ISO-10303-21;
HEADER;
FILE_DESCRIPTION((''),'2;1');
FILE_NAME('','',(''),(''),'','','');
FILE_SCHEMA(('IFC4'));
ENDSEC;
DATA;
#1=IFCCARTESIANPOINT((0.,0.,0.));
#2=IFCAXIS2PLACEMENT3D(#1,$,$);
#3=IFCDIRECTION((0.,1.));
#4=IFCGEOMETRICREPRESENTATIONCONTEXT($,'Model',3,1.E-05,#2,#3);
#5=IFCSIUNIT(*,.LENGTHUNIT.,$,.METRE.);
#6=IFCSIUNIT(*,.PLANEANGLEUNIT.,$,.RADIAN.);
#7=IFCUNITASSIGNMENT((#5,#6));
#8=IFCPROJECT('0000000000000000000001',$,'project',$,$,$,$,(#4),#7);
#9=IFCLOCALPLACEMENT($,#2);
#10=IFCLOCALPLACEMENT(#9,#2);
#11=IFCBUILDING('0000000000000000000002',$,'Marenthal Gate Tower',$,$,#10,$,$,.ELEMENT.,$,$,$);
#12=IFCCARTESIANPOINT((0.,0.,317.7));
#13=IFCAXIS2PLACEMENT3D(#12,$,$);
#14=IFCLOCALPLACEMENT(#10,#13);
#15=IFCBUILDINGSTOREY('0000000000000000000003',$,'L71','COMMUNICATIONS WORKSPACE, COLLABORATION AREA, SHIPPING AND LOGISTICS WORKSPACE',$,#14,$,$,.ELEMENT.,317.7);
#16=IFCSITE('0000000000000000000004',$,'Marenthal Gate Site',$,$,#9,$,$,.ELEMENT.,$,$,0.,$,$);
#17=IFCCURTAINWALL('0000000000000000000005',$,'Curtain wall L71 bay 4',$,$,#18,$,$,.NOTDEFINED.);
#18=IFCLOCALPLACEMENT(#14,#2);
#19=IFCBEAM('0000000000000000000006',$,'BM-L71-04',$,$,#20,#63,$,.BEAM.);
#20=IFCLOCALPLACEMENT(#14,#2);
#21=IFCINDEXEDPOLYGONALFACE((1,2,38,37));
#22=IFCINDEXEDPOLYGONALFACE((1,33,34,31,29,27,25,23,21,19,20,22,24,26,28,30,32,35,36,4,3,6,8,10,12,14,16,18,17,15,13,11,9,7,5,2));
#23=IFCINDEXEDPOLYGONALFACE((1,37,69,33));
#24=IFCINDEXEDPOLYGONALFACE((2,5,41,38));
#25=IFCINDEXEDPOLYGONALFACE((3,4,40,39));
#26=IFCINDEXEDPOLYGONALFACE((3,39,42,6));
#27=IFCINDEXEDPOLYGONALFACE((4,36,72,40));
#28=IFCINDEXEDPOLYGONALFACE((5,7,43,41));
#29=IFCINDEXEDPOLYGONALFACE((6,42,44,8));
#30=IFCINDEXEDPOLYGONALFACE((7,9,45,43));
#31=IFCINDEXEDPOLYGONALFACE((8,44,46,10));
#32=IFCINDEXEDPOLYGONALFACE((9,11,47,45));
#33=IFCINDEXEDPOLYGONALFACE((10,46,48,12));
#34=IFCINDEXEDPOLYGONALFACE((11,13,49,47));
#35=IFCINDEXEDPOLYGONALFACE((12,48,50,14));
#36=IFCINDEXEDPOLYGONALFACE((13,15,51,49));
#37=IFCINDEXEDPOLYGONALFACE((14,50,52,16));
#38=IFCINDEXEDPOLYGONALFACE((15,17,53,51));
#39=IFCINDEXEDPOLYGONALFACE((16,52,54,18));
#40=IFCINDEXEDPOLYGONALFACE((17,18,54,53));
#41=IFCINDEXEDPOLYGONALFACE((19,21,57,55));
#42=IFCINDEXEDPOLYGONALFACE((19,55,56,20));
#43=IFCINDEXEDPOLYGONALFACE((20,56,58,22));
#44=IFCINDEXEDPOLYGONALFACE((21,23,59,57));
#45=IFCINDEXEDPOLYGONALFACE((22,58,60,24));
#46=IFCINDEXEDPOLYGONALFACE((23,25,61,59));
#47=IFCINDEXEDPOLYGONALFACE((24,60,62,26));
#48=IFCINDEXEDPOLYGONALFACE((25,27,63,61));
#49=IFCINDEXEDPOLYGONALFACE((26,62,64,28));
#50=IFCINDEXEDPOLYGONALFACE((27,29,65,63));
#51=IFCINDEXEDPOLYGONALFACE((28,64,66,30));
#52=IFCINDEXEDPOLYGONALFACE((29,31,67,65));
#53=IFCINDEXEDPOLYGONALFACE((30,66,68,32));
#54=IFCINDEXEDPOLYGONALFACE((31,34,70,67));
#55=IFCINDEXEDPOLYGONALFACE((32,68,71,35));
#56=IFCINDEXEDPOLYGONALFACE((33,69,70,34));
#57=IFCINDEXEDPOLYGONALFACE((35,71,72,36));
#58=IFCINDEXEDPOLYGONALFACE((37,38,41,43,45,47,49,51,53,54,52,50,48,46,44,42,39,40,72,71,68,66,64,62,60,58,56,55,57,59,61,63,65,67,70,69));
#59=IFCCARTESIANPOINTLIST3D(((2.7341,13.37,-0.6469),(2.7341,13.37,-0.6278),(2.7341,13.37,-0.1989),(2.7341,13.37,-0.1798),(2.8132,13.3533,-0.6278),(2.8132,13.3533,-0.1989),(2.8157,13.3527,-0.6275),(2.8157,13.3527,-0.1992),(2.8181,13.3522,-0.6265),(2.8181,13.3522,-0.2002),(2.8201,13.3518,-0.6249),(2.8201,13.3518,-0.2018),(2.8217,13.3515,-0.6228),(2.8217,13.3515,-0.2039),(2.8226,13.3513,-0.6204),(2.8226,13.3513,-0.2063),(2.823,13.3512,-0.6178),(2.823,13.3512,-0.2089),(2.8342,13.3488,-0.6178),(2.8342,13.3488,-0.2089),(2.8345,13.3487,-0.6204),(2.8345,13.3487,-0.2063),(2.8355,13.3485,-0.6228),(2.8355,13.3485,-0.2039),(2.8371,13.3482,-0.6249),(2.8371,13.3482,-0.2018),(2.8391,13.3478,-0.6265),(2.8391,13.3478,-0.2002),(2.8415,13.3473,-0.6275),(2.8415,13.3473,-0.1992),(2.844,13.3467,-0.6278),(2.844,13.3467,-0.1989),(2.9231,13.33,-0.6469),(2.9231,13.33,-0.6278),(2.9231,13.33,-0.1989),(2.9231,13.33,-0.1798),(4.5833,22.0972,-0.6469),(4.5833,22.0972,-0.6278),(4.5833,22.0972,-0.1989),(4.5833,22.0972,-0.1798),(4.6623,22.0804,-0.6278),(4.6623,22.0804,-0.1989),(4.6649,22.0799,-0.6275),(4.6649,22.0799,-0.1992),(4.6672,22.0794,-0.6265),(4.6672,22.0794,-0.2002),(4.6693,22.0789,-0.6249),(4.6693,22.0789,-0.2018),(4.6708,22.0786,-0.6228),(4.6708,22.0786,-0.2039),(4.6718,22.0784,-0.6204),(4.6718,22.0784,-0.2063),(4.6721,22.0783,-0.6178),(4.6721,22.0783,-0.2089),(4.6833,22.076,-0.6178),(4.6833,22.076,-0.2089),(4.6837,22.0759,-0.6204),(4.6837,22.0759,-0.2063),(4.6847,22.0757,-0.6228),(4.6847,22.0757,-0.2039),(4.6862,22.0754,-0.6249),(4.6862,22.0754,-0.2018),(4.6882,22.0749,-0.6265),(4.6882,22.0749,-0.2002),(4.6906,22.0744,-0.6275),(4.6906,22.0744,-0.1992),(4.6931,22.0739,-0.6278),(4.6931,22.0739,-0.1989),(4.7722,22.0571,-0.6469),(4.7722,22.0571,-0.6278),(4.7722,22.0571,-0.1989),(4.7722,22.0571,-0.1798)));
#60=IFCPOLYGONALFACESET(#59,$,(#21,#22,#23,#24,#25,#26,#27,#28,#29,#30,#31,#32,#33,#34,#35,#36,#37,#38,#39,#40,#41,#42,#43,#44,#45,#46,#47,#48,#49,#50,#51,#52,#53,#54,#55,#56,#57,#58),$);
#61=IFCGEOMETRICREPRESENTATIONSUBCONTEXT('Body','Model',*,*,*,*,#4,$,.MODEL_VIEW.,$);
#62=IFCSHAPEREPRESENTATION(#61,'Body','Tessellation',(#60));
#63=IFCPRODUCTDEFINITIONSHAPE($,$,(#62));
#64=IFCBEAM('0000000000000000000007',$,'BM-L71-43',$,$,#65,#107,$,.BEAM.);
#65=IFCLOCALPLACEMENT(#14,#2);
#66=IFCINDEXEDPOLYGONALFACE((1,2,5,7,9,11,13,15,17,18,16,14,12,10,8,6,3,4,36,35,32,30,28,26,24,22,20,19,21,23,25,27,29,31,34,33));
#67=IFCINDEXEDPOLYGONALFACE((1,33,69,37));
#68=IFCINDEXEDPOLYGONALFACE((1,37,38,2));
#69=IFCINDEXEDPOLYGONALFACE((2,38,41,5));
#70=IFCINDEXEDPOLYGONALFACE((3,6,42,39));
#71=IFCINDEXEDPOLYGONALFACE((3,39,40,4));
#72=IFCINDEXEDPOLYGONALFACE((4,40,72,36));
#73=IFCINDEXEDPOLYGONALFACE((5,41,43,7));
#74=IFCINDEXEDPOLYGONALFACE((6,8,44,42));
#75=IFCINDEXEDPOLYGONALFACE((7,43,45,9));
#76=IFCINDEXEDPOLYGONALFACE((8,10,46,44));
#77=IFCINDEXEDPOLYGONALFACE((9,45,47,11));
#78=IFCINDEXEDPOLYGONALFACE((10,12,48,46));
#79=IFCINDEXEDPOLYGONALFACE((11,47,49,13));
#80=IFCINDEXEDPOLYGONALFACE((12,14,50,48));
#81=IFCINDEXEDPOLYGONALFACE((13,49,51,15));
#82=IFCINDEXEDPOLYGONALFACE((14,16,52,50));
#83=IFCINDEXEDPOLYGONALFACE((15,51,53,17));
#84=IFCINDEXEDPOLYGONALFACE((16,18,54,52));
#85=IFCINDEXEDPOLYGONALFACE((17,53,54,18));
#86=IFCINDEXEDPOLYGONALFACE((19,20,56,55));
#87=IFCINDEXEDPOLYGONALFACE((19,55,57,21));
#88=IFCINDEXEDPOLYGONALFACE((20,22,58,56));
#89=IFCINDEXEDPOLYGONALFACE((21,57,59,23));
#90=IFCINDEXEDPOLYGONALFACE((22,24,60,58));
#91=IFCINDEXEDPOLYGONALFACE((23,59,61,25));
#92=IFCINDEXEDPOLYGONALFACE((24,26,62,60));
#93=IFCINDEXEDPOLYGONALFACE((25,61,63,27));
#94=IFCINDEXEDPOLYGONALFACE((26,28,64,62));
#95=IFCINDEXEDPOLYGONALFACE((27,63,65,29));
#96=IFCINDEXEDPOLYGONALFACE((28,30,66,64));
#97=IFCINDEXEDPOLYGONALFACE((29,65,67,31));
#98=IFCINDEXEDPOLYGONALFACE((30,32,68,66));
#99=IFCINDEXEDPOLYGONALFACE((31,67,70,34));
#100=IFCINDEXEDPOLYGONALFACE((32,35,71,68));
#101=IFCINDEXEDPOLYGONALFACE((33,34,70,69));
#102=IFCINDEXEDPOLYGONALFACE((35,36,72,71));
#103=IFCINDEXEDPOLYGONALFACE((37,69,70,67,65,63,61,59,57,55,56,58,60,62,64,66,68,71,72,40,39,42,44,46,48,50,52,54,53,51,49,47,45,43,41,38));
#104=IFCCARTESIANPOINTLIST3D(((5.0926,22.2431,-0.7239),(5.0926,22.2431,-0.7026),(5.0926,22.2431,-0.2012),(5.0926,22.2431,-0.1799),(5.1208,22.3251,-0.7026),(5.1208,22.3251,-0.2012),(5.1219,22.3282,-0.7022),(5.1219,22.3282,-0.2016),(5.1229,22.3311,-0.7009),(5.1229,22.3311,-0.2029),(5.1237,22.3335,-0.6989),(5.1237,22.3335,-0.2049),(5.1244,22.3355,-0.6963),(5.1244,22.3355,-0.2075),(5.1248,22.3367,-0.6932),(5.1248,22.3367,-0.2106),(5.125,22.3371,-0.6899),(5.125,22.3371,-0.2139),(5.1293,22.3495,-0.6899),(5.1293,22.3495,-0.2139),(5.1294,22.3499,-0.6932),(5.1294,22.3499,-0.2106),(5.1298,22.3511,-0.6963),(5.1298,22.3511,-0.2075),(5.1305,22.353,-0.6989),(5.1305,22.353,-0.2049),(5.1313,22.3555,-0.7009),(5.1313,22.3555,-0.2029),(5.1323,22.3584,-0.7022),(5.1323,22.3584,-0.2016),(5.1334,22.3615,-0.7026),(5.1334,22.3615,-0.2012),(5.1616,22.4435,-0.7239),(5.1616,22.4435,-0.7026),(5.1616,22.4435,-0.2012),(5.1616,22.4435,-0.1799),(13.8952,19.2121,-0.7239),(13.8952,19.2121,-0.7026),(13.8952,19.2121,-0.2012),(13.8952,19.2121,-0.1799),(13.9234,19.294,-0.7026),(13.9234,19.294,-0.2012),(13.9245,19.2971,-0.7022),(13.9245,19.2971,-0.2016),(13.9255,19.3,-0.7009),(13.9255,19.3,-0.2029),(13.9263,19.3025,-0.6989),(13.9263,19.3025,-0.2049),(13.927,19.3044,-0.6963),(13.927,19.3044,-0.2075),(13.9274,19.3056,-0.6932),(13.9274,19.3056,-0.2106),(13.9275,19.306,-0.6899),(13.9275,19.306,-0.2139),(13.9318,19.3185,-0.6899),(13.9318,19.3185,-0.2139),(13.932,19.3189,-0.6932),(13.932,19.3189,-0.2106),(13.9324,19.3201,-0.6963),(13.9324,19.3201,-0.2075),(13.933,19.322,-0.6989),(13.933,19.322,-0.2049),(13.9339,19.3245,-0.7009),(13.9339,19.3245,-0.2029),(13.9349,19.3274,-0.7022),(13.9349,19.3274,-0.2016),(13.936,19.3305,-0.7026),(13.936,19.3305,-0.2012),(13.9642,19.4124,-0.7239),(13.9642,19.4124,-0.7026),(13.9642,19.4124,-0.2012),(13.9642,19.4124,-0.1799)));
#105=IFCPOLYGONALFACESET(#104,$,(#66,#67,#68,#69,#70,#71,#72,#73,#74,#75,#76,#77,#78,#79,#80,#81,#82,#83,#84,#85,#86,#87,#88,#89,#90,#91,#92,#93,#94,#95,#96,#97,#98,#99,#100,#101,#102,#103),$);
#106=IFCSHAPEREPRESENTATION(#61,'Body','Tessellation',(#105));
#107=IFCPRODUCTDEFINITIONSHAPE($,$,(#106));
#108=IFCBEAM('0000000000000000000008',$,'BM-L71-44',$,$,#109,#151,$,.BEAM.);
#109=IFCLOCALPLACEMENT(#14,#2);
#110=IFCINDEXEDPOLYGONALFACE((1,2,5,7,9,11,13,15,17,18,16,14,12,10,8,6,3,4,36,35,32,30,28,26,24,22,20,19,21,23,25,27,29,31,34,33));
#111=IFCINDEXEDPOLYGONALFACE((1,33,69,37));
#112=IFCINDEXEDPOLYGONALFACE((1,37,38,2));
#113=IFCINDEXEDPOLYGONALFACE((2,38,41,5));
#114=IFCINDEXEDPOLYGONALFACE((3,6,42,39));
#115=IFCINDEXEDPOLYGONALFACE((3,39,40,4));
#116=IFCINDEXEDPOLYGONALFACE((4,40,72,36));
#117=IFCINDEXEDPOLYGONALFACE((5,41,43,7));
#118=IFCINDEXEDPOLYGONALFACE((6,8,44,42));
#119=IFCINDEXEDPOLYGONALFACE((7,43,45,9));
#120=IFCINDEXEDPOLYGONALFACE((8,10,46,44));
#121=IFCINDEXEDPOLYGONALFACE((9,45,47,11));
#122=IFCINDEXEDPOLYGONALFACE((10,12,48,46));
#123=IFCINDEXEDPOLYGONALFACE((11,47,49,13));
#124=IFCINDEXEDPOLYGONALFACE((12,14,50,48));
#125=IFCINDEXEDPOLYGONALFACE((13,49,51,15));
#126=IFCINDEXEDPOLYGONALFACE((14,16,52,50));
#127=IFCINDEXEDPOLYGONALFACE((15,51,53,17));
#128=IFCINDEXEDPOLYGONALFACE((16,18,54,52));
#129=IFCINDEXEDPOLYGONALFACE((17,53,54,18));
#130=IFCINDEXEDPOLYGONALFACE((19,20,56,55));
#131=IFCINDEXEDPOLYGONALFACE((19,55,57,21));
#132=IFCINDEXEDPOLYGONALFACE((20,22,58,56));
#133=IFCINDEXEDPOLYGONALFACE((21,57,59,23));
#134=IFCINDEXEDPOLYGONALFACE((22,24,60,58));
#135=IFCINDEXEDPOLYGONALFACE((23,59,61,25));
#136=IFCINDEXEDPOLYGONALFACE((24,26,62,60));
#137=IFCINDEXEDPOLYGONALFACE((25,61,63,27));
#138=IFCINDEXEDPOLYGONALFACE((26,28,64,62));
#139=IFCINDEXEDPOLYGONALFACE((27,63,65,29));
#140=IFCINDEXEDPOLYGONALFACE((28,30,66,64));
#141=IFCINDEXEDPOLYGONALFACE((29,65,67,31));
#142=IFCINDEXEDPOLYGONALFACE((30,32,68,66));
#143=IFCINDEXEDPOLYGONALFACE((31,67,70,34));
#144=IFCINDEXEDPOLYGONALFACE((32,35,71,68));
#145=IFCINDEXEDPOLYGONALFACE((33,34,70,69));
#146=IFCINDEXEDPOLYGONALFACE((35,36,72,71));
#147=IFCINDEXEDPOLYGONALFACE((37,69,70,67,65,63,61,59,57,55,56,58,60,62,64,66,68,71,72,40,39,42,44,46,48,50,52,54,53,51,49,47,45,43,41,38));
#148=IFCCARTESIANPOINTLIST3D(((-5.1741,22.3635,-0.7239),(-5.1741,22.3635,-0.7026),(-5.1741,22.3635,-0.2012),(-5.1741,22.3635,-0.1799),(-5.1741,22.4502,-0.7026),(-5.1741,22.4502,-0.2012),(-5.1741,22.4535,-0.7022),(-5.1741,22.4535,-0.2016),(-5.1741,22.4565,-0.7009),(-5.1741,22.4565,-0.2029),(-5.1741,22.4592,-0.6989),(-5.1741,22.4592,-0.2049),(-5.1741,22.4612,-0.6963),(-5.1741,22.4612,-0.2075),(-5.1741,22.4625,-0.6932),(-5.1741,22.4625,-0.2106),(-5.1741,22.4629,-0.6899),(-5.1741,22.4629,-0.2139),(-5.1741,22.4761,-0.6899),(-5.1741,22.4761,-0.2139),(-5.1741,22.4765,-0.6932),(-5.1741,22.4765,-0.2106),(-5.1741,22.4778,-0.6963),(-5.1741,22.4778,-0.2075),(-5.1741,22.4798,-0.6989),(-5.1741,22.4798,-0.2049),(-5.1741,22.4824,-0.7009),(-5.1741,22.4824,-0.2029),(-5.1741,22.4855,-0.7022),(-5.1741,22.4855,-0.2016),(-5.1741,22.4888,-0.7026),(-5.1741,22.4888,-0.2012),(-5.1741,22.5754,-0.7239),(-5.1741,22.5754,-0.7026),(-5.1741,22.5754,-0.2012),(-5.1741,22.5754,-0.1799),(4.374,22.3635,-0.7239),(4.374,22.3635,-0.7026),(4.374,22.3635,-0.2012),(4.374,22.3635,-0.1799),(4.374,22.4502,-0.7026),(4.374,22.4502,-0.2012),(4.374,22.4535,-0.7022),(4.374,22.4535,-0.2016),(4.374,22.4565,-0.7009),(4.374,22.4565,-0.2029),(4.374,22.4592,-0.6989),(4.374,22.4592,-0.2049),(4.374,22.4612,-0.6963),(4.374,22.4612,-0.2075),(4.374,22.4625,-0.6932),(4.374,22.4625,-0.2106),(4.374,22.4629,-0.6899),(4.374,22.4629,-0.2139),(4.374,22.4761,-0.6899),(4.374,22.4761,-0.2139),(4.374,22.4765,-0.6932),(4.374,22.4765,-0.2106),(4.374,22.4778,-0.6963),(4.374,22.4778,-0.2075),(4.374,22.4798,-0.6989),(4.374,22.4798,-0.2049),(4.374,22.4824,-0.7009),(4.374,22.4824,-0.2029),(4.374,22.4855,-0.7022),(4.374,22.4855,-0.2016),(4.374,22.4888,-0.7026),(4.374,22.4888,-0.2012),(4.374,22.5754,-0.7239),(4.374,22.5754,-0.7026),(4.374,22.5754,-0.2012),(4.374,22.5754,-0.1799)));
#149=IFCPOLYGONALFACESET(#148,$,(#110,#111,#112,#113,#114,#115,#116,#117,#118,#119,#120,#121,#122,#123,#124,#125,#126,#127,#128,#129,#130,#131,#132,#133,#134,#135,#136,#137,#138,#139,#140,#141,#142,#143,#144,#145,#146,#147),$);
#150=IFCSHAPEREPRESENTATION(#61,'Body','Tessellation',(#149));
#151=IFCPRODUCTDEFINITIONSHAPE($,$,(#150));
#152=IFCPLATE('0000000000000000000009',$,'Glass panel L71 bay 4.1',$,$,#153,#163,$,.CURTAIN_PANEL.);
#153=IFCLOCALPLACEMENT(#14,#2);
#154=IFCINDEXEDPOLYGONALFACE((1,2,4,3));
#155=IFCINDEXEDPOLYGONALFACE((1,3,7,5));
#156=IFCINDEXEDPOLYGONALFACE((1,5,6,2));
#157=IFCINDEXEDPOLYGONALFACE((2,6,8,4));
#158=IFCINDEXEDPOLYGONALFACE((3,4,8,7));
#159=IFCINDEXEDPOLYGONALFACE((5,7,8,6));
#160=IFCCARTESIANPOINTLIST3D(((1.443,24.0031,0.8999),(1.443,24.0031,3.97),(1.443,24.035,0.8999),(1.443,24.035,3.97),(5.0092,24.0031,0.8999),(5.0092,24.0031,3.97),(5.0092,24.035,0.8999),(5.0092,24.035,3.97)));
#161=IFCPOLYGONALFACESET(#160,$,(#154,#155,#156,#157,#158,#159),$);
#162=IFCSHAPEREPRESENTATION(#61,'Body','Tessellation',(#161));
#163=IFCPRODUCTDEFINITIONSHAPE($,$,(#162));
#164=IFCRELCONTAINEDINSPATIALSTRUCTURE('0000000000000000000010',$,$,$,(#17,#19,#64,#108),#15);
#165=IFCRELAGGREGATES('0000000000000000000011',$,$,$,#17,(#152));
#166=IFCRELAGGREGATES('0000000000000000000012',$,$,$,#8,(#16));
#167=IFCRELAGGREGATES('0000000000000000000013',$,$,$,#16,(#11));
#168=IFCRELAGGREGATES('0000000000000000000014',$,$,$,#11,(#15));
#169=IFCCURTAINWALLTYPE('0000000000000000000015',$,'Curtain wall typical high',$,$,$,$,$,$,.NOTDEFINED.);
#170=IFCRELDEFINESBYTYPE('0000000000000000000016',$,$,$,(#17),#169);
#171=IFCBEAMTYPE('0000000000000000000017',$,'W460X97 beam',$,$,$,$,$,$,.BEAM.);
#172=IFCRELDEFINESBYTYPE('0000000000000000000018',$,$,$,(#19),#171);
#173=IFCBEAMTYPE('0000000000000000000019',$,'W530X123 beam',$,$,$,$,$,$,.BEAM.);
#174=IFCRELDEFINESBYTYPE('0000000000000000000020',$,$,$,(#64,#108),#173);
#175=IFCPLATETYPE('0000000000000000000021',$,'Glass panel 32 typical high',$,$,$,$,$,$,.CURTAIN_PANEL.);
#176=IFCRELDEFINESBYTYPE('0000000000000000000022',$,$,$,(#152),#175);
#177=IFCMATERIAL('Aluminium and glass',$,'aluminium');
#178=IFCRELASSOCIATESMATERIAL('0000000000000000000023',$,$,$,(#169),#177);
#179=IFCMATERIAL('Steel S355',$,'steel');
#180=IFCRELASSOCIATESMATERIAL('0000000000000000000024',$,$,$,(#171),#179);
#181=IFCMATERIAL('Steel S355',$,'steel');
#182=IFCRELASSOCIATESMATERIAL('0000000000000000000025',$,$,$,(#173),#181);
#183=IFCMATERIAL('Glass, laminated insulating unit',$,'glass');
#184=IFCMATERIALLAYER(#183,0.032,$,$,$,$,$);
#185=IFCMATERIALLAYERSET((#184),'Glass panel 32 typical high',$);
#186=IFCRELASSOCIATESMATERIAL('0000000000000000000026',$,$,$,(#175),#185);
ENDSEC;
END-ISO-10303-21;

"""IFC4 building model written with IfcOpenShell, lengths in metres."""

from ifc_helpers import new_model, si_unit, direction, frame, origin, origin_2d, place, context, subcontext, project, spatial, rectangle, i_section, extrude, material, layer, layer_set, material_profile, profile_set, type_object, element, aggregate, save


model = new_model("IFC4")

# Units and contexts
model_context = context("Model", 3, precision=1e-05, world=origin(), true_north=direction((0.0, 1.0)))
body_context = subcontext(model_context, "Body", "Model", "MODEL_VIEW")
ifc_project = project(units=[si_unit("LENGTHUNIT", "METRE"), si_unit("PLANEANGLEUNIT", "RADIAN")], contexts=[model_context])

# Site, building, storey
site_placement = place(None, origin())
site = spatial("IfcSite", under=ifc_project, at=site_placement, Name="Marenthal Gate Site", CompositionType="ELEMENT", RefElevation=0.0)
building_placement = place(site_placement, origin())
building = spatial("IfcBuilding", under=site, at=building_placement, Name="Marenthal Gate Tower", CompositionType="ELEMENT")
storey_placement = place(building_placement, frame((0.0, 0.0, 317.7)))
storey = spatial("IfcBuildingStorey", under=building, at=storey_placement, Name="L71", Description="COMMUNICATIONS WORKSPACE, COLLABORATION AREA, SHIPPING AND LOGISTICS WORKSPACE", CompositionType="ELEMENT", Elevation=317.7)

# Curtain wall
ifc_material_1 = material(Name="Aluminium and glass", Category="aluminium")
curtain_wall_type = type_object("IfcCurtainWallType", Name="Curtain wall typical high", PredefinedType="NOTDEFINED", material=ifc_material_1)
curtain_wall_placement = place(storey_placement, origin())
curtain_wall = element("IfcCurtainWall", 1, at=curtain_wall_placement, inside=storey, type_object=curtain_wall_type, Name="Curtain wall L71 bay 4", PredefinedType="NOTDEFINED")

# Beams
ifc_material_2 = material(Name="Steel S355", Category="steel")
ifc_material_profile_1 = material_profile(ifc_material_2, i_section(OverallWidth=0.1931, OverallDepth=0.467, WebThickness=0.0115, FlangeThickness=0.019, FilletRadius=0.01, at=origin_2d()), Name="W460X97")
ifc_profile_set_1 = profile_set([ifc_material_profile_1], Name="Steel S355")
beam_type_1 = type_object("IfcBeamType", Name="W460X97 beam", PredefinedType="BEAM", material=ifc_profile_set_1)
beam_1_placement = place(storey_placement, frame((4.6777, 22.0771, -0.4133), z_axis=(-0.207282, -0.978281, 0.0), x_axis=(0.978281, -0.207282, 0.0)))
element("IfcBeam", 2, at=beam_1_placement, inside=storey, type_object=beam_type_1, Name="BM-L71-04", PredefinedType="BEAM", context=body_context, shape_type="SweptSolid", body=[
    extrude(i_section(OverallWidth=0.1931, OverallDepth=0.467, WebThickness=0.0115, FlangeThickness=0.019, FilletRadius=0.01, at=origin_2d()), origin(), (0.0, 0.0, 1.0), 8.9209),
])
ifc_material_3 = material(Name="Steel S355", Category="steel")
ifc_material_profile_2 = material_profile(ifc_material_3, i_section(OverallWidth=0.2119, OverallDepth=0.5439, WebThickness=0.0132, FlangeThickness=0.0212, FilletRadius=0.0127, at=origin_2d()), Name="W530X123")
ifc_profile_set_2 = profile_set([ifc_material_profile_2], Name="Steel S355")
beam_type_2 = type_object("IfcBeamType", Name="W530X123 beam", PredefinedType="BEAM", material=ifc_profile_set_2)
beam_2_placement = place(storey_placement, frame((13.9297, 19.3123, -0.4519), z_axis=(-0.945516, 0.325574, 0.0), x_axis=(-0.325574, -0.945516, 0.0)))
element("IfcBeam", 3, at=beam_2_placement, inside=storey, type_object=beam_type_2, Name="BM-L71-43", PredefinedType="BEAM", context=body_context, shape_type="SweptSolid", body=[
    extrude(i_section(OverallWidth=0.2119, OverallDepth=0.5439, WebThickness=0.0132, FlangeThickness=0.0212, FilletRadius=0.0127, at=origin_2d()), origin(), (0.0, 0.0, 1.0), 9.3098),
])
beam_3_placement = place(storey_placement, frame((4.374, 22.4695, -0.4519), z_axis=(-1.0, 0.0, 0.0), x_axis=(0.0, -1.0, 0.0)))
element("IfcBeam", 4, at=beam_3_placement, inside=storey, type_object=beam_type_2, Name="BM-L71-44", PredefinedType="BEAM", context=body_context, shape_type="SweptSolid", body=[
    extrude(i_section(OverallWidth=0.2119, OverallDepth=0.5439, WebThickness=0.0132, FlangeThickness=0.0212, FilletRadius=0.0127, at=origin_2d()), origin(), (0.0, 0.0, 1.0), 9.5481),
])

# Plate
ifc_material_4 = material(Name="Glass, laminated insulating unit", Category="glass")
ifc_layer_1 = layer(ifc_material_4, 0.032)
ifc_layer_set_1 = layer_set([ifc_layer_1], Name="Glass panel 32 typical high")
plate_type = type_object("IfcPlateType", Name="Glass panel 32 typical high", PredefinedType="CURTAIN_PANEL", material=ifc_layer_set_1)
plate_placement = place(storey_placement, frame((3.2261, 24.019, 0.8999), z_axis=(0.0, 0.0, 1.0), x_axis=(-1.0, 0.0, 0.0)))
plate = element("IfcPlate", 5, at=plate_placement, type_object=plate_type, Name="Glass panel L71 bay 4.1", PredefinedType="CURTAIN_PANEL", context=body_context, shape_type="SweptSolid", body=[
    extrude(rectangle(XDim=3.5662, YDim=0.032, at=origin_2d()), origin(), (0.0, 0.0, 1.0), 3.0701),
])
aggregate(curtain_wall, [plate])

save(model, "model.ifc")
